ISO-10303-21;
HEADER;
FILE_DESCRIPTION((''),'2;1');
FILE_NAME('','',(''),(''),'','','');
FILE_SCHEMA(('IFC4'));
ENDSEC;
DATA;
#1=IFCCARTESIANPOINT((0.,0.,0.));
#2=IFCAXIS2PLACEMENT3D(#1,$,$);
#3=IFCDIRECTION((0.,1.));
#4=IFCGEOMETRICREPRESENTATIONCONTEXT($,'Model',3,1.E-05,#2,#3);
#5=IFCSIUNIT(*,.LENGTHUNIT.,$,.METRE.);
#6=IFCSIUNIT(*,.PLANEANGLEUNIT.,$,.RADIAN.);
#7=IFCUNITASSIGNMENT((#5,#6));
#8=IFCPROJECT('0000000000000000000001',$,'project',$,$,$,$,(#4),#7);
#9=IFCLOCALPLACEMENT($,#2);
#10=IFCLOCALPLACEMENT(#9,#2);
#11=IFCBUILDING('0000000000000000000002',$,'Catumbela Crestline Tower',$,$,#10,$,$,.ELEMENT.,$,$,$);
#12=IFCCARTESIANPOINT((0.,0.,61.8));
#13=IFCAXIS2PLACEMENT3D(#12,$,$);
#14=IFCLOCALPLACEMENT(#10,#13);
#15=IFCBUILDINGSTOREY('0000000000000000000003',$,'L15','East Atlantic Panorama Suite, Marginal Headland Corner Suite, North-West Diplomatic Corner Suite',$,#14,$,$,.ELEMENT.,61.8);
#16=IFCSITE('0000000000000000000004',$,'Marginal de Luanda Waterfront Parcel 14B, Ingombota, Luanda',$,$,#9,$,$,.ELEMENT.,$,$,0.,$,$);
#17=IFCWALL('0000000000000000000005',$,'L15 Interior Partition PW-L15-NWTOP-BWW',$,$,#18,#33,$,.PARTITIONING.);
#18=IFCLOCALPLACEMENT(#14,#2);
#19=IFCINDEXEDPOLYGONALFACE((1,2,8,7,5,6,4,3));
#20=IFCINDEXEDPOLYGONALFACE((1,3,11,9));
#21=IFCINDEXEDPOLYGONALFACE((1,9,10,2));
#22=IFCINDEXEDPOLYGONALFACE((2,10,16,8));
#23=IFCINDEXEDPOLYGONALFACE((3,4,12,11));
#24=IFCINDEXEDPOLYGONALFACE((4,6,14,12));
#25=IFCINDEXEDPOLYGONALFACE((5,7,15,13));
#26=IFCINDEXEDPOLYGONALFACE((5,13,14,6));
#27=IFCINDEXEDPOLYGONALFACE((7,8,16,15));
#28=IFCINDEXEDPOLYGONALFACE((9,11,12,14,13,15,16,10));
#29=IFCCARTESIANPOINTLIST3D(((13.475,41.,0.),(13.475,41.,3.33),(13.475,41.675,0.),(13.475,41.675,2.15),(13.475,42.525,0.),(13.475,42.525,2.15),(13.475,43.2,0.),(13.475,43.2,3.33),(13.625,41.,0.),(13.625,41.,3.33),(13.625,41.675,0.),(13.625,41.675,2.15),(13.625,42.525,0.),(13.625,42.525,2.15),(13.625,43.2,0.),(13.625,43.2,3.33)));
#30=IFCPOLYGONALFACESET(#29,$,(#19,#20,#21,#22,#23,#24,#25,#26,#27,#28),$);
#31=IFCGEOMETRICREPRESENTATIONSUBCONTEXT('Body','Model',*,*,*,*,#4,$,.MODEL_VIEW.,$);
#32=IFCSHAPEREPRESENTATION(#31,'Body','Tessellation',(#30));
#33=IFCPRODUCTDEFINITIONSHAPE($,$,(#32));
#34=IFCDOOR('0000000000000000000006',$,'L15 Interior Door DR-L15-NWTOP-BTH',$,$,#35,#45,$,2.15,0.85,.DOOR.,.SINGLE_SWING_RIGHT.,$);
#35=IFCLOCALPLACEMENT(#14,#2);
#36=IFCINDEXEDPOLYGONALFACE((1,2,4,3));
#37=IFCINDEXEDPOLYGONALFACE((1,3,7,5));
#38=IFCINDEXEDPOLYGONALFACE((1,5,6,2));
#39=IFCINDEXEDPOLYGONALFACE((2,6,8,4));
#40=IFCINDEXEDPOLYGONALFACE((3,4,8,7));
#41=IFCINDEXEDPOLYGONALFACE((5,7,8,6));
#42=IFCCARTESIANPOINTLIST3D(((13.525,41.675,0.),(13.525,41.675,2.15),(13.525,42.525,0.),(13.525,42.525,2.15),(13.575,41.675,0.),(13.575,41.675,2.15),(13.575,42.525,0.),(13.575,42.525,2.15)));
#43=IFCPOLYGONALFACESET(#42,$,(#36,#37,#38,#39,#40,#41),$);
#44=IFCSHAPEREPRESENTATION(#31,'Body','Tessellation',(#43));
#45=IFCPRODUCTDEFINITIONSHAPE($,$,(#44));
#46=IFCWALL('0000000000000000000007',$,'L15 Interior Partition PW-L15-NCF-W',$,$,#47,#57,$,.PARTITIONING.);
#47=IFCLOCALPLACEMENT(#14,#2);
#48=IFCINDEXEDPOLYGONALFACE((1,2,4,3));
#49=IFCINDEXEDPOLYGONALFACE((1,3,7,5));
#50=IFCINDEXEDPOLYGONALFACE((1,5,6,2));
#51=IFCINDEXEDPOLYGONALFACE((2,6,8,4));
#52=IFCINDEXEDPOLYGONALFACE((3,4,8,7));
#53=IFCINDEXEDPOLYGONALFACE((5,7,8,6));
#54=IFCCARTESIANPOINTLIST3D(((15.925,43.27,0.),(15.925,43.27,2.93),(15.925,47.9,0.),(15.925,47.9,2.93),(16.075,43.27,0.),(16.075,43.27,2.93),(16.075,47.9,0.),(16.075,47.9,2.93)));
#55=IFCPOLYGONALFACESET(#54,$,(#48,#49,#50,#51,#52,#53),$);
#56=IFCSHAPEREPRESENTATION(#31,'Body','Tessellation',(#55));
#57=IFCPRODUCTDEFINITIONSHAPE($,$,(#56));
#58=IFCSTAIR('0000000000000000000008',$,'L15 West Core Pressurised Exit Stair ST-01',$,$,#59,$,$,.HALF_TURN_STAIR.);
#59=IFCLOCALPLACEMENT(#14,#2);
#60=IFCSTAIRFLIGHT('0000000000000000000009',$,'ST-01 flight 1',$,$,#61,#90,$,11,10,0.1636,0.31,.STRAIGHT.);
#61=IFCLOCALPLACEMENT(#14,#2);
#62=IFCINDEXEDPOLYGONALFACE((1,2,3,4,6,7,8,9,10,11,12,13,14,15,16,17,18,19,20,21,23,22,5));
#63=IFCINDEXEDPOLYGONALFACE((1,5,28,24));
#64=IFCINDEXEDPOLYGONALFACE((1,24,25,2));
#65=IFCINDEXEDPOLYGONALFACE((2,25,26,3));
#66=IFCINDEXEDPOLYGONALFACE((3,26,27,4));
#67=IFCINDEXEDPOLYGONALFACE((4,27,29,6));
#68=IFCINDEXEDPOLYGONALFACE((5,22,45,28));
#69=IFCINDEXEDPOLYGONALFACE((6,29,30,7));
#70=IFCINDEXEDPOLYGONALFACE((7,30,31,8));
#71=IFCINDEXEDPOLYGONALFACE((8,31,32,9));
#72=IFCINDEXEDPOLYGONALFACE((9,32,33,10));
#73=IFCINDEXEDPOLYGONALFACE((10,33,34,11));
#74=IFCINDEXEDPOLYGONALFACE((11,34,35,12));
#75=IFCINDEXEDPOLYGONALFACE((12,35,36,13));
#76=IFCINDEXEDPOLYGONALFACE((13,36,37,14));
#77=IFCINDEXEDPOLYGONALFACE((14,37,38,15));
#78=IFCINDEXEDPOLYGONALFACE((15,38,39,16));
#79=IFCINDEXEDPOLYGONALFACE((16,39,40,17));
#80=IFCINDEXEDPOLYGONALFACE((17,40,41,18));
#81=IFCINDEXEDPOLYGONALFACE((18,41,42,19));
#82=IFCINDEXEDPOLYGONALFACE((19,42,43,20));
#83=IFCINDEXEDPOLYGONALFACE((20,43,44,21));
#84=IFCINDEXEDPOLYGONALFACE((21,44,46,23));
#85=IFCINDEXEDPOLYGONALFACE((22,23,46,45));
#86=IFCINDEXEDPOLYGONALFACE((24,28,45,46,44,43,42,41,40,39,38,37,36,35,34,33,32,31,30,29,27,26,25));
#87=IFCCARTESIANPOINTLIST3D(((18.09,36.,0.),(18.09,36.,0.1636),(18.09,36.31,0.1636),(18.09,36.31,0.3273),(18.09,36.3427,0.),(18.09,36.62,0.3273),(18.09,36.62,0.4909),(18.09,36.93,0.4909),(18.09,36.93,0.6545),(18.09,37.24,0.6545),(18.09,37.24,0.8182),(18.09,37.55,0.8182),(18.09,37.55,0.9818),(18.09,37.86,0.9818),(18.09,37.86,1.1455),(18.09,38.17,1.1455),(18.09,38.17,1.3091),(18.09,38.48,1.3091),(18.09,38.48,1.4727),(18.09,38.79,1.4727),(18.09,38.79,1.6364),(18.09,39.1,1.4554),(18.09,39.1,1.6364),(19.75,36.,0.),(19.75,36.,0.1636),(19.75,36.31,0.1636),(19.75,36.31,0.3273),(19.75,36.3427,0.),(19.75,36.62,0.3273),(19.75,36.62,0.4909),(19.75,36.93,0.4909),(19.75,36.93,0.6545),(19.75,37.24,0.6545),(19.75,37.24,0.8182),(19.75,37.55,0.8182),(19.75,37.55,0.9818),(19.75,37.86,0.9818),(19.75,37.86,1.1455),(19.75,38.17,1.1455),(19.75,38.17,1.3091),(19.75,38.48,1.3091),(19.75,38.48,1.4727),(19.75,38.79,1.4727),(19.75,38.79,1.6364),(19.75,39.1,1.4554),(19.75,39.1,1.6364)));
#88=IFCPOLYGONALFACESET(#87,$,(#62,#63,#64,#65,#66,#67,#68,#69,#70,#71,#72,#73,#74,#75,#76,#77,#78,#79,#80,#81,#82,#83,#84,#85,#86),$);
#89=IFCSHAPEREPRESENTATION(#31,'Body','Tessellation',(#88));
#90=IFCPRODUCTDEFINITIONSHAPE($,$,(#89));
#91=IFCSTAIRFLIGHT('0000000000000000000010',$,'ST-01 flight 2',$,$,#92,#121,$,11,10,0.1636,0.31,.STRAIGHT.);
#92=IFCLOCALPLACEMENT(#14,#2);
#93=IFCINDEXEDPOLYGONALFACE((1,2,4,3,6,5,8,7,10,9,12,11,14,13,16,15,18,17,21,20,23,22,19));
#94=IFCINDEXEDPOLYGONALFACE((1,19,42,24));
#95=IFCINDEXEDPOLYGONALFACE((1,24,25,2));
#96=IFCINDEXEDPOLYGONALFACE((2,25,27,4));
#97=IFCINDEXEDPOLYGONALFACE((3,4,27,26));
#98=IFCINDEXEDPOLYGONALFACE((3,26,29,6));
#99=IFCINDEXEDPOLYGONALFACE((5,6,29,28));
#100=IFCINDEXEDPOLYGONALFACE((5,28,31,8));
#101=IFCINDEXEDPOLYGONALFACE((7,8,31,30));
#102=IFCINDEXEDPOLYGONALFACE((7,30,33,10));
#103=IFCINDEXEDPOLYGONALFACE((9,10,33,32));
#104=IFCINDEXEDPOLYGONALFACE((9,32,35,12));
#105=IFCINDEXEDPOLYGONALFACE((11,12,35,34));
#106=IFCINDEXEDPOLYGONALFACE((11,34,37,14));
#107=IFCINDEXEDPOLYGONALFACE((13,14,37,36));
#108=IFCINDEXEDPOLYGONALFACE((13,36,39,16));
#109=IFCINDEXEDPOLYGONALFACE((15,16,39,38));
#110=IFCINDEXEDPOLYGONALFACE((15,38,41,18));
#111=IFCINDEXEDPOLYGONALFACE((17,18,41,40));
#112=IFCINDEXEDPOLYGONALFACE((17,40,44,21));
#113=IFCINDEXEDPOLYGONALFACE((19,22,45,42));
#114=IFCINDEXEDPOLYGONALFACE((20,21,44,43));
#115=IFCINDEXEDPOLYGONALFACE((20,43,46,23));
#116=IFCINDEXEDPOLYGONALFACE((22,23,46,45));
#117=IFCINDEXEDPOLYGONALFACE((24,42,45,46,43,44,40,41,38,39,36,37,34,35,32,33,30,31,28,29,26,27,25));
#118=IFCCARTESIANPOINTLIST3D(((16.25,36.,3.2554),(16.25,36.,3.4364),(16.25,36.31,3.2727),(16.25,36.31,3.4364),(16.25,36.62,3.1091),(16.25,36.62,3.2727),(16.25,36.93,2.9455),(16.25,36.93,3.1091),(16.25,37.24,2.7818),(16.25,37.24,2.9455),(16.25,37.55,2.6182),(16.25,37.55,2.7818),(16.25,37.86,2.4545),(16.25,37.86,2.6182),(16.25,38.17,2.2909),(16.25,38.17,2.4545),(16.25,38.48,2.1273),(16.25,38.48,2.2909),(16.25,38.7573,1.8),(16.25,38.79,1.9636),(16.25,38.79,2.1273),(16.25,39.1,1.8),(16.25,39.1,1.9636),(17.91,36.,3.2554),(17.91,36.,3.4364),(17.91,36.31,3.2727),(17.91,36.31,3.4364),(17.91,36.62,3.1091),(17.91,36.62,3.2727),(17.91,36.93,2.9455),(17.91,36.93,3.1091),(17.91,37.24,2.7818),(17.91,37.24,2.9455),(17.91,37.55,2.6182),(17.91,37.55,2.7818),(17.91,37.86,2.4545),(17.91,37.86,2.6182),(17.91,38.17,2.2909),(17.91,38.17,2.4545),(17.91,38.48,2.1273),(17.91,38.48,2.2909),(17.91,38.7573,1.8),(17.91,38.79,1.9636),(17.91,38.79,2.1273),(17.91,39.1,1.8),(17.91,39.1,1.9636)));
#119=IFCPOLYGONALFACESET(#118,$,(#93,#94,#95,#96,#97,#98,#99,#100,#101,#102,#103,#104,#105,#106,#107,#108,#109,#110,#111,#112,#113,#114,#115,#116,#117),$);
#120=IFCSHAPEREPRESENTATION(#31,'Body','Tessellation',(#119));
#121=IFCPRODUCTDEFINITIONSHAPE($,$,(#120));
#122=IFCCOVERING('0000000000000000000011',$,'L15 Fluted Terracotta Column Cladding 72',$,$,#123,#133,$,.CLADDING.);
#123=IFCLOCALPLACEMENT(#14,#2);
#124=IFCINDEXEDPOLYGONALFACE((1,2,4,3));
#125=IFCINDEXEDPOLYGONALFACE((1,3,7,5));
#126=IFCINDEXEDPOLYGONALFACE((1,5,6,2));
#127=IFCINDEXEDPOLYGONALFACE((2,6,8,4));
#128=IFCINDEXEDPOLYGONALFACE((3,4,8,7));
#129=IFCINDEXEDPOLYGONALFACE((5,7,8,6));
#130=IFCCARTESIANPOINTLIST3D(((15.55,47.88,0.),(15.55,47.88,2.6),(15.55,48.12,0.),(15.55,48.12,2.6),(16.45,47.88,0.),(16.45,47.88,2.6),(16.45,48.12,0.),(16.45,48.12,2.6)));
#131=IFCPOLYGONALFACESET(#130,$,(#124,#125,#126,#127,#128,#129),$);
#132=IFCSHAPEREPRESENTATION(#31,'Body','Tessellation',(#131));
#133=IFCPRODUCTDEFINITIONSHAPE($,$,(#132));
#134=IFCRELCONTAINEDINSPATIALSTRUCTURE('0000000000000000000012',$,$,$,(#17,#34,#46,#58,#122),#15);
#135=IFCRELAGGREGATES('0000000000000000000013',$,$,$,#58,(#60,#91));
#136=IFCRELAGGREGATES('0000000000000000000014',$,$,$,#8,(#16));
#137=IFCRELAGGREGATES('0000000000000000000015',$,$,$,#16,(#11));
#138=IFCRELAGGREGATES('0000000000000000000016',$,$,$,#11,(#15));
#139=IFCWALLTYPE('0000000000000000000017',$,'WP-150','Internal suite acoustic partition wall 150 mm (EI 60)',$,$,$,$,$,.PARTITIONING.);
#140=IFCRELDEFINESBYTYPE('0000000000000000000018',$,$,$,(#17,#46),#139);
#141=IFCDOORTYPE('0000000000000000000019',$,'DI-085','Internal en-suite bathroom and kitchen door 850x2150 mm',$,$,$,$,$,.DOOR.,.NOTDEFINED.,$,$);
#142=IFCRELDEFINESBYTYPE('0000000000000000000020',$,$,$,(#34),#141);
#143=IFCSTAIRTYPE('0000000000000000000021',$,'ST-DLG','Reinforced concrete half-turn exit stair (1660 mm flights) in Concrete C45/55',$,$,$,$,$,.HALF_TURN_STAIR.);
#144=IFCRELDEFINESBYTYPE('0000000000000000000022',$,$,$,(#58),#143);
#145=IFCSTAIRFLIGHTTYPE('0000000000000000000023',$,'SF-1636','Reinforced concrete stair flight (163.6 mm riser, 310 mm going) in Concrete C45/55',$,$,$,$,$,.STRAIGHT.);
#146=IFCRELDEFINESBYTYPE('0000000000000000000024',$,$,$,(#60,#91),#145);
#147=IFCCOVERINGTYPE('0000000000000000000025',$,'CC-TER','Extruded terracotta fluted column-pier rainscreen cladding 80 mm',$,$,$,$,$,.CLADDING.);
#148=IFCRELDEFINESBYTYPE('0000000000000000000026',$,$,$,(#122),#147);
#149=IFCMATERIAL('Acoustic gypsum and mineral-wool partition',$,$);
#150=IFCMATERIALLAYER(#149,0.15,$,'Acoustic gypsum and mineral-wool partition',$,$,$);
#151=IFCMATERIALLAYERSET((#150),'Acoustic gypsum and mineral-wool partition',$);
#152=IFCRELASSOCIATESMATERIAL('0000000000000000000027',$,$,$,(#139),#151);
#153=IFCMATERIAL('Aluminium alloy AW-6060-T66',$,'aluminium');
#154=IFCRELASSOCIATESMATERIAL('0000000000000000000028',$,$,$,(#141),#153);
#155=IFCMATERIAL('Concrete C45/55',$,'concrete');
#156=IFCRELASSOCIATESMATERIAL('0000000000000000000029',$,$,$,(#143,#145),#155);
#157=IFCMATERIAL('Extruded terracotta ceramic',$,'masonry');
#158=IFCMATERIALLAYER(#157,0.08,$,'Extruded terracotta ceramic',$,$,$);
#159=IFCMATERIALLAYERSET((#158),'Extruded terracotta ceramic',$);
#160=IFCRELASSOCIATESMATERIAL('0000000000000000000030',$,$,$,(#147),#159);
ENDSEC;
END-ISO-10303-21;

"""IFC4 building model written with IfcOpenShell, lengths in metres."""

from ifc_helpers import new_model, si_unit, direction, frame, frame_2d, origin, origin_2d, place, context, subcontext, project, spatial, polyline, rectangle, outline, extrude, material, layer, layer_set, type_object, element, fill, aggregate, save


model = new_model("IFC4")

# Units and contexts
model_context = context("Model", 3, precision=1e-05, world=origin(), true_north=direction((0.0, 1.0)))
body_context = subcontext(model_context, "Body", "Model", "MODEL_VIEW")
ifc_project = project(units=[si_unit("LENGTHUNIT", "METRE"), si_unit("PLANEANGLEUNIT", "RADIAN")], contexts=[model_context])

# Site, building, storey
site_placement = place(None, origin())
site = spatial("IfcSite", under=ifc_project, at=site_placement, Name="Marginal de Luanda Waterfront Parcel 14B, Ingombota, Luanda", CompositionType="ELEMENT", RefElevation=0.0)
building_placement = place(site_placement, origin())
building = spatial("IfcBuilding", under=site, at=building_placement, Name="Catumbela Crestline Tower", CompositionType="ELEMENT")
storey_placement = place(building_placement, frame((0.0, 0.0, 61.8)))
storey = spatial("IfcBuildingStorey", under=building, at=storey_placement, Name="L15", Description="East Atlantic Panorama Suite, Marginal Headland Corner Suite, North-West Diplomatic Corner Suite", CompositionType="ELEMENT", Elevation=61.8)

# Shared definitions
ifc_material_1 = material(Name="Aluminium alloy AW-6060-T66", Category="aluminium")

# Shared definitions
ifc_material_2 = material(Name="Acoustic gypsum and mineral-wool partition")
ifc_layer_1 = layer(ifc_material_2, 0.15, Name="Acoustic gypsum and mineral-wool partition")
ifc_layer_set_1 = layer_set([ifc_layer_1], Name="Acoustic gypsum and mineral-wool partition")
wall_type_1 = type_object("IfcWallType", Name="WP-150", Description="Internal suite acoustic partition wall 150 mm (EI 60)", PredefinedType="PARTITIONING", material=ifc_layer_set_1)

# Wall, opening, door
wall_1_placement = place(storey_placement, frame((13.55, 41.0, 0.0), z_axis=(0.0, 0.0, 1.0), x_axis=(0.0, 1.0, 0.0)))
wall_1 = element("IfcWall", 1, at=wall_1_placement, inside=storey, type_object=wall_type_1, Name="L15 Interior Partition PW-L15-NWTOP-BWW", PredefinedType="PARTITIONING", context=body_context, shape_type="SweptSolid", body=[
    extrude(rectangle(XDim=2.2, YDim=0.15, at=frame_2d((1.1, 0.0))), origin(), (0.0, 0.0, 1.0), 3.33),
])
opening_placement = place(wall_1_placement, frame((0.675, 0.0, 0.0)))
opening = element("IfcOpeningElement", 2, at=opening_placement, cuts=wall_1, PredefinedType="OPENING", context=body_context, shape_type="SweptSolid", body=[
    extrude(rectangle(XDim=0.85, YDim=2.15, at=frame_2d((0.425, 1.075))), frame((0.0, 0.085, 0.0), z_axis=(0.0, -1.0, 0.0), x_axis=(1.0, 0.0, 0.0)), (0.0, 0.0, 1.0), 0.17),
])
door_type = type_object("IfcDoorType", Name="DI-085", Description="Internal en-suite bathroom and kitchen door 850x2150 mm", OperationType="NOTDEFINED", PredefinedType="DOOR", material=ifc_material_1)
door_placement = place(opening_placement, origin())
door = element("IfcDoor", 3, at=door_placement, inside=storey, type_object=door_type, Name="L15 Interior Door DR-L15-NWTOP-BTH", OperationType="SINGLE_SWING_RIGHT", OverallHeight=2.15, OverallWidth=0.85, PredefinedType="DOOR", context=body_context, shape_type="SweptSolid", body=[
    extrude(rectangle(XDim=0.85, YDim=2.15, at=frame_2d((0.425, 1.075))), frame((0.0, 0.025, 0.0), z_axis=(0.0, -1.0, 0.0), x_axis=(1.0, 0.0, 0.0)), (0.0, 0.0, 1.0), 0.05),
])
fill(opening, door)

# Wall
wall_2_placement = place(storey_placement, frame((16.0, 43.27, 0.0), z_axis=(0.0, 0.0, 1.0), x_axis=(0.0, 1.0, 0.0)))
element("IfcWall", 4, at=wall_2_placement, inside=storey, type_object=wall_type_1, Name="L15 Interior Partition PW-L15-NCF-W", PredefinedType="PARTITIONING", context=body_context, shape_type="SweptSolid", body=[
    extrude(rectangle(XDim=4.63, YDim=0.15, at=frame_2d((2.315, 0.0))), origin(), (0.0, 0.0, 1.0), 2.93),
])

# Stair, stair flights
ifc_material_3 = material(Name="Concrete C45/55", Category="concrete")
stair_type = type_object("IfcStairType", Name="ST-DLG", Description="Reinforced concrete half-turn exit stair (1660 mm flights) in Concrete C45/55", PredefinedType="HALF_TURN_STAIR", material=ifc_material_3)
stair_placement = place(storey_placement, origin())
stair = element("IfcStair", 5, at=stair_placement, inside=storey, type_object=stair_type, Name="L15 West Core Pressurised Exit Stair ST-01", PredefinedType="HALF_TURN_STAIR")
stair_flight_type = type_object("IfcStairFlightType", Name="SF-1636", Description="Reinforced concrete stair flight (163.6 mm riser, 310 mm going) in Concrete C45/55", PredefinedType="STRAIGHT", material=ifc_material_3)
stair_flight_1_placement = place(storey_placement, frame((18.92, 36.0, 0.0), z_axis=(0.0, 0.0, 1.0), x_axis=(0.0, 1.0, 0.0)))
stair_flight_1 = element("IfcStairFlight", 6, at=stair_flight_1_placement, type_object=stair_flight_type, Name="ST-01 flight 1", NumberOfRisers=11, NumberOfTreads=10, PredefinedType="STRAIGHT", RiserHeight=0.1636, TreadLength=0.31, context=body_context, shape_type="SweptSolid", body=[
    extrude(outline(polyline([(0.0, 0.0), (0.0, 0.1636), (0.31, 0.1636), (0.31, 0.3273), (0.62, 0.3273), (0.62, 0.4909), (0.93, 0.4909), (0.93, 0.6545), (1.24, 0.6545), (1.24, 0.8182), (1.55, 0.8182), (1.55, 0.9818), (1.86, 0.9818), (1.86, 1.1455), (2.17, 1.1455), (2.17, 1.3091), (2.48, 1.3091), (2.48, 1.4727), (2.79, 1.4727), (2.79, 1.6364), (3.1, 1.6364), (3.1, 1.8), (3.1, 1.4554), (0.3427, 0.0), (0.0, 0.0)])), frame((0.0, 0.83, 0.0), z_axis=(0.0, -1.0, 0.0), x_axis=(1.0, 0.0, 0.0)), (0.0, 0.0, 1.0), 1.66),
])
stair_flight_2_placement = place(storey_placement, frame((17.08, 39.1, 1.8), z_axis=(0.0, 0.0, 1.0), x_axis=(0.0, -1.0, 0.0)))
stair_flight_2 = element("IfcStairFlight", 7, at=stair_flight_2_placement, type_object=stair_flight_type, Name="ST-01 flight 2", NumberOfRisers=11, NumberOfTreads=10, PredefinedType="STRAIGHT", RiserHeight=0.1636, TreadLength=0.31, context=body_context, shape_type="SweptSolid", body=[
    extrude(outline(polyline([(0.0, 0.0), (0.0, 0.1636), (0.31, 0.1636), (0.31, 0.3273), (0.62, 0.3273), (0.62, 0.4909), (0.93, 0.4909), (0.93, 0.6545), (1.24, 0.6545), (1.24, 0.8182), (1.55, 0.8182), (1.55, 0.9818), (1.86, 0.9818), (1.86, 1.1455), (2.17, 1.1455), (2.17, 1.3091), (2.48, 1.3091), (2.48, 1.4727), (2.79, 1.4727), (2.79, 1.6364), (3.1, 1.6364), (3.1, 1.8), (3.1, 1.4554), (0.3427, 0.0), (0.0, 0.0)])), frame((0.0, 0.83, 0.0), z_axis=(0.0, -1.0, 0.0), x_axis=(1.0, 0.0, 0.0)), (0.0, 0.0, 1.0), 1.66),
])
aggregate(stair, [stair_flight_1, stair_flight_2])

# Covering
ifc_material_4 = material(Name="Extruded terracotta ceramic", Category="masonry")
ifc_layer_2 = layer(ifc_material_4, 0.08, Name="Extruded terracotta ceramic")
ifc_layer_set_2 = layer_set([ifc_layer_2], Name="Extruded terracotta ceramic")
covering_type = type_object("IfcCoveringType", Name="CC-TER", Description="Extruded terracotta fluted column-pier rainscreen cladding 80 mm", PredefinedType="CLADDING", material=ifc_layer_set_2)
covering_placement = place(storey_placement, frame((16.0, 48.0, 0.0), z_axis=(0.0, 0.0, 1.0), x_axis=(-1.0, 0.0, 0.0)))
element("IfcCovering", 8, at=covering_placement, inside=storey, type_object=covering_type, Name="L15 Fluted Terracotta Column Cladding 72", PredefinedType="CLADDING", context=body_context, shape_type="SweptSolid", body=[
    extrude(rectangle(XDim=0.9, YDim=0.24, at=origin_2d()), origin(), (0.0, 0.0, 1.0), 2.6),
])

save(model, "model.ifc")
